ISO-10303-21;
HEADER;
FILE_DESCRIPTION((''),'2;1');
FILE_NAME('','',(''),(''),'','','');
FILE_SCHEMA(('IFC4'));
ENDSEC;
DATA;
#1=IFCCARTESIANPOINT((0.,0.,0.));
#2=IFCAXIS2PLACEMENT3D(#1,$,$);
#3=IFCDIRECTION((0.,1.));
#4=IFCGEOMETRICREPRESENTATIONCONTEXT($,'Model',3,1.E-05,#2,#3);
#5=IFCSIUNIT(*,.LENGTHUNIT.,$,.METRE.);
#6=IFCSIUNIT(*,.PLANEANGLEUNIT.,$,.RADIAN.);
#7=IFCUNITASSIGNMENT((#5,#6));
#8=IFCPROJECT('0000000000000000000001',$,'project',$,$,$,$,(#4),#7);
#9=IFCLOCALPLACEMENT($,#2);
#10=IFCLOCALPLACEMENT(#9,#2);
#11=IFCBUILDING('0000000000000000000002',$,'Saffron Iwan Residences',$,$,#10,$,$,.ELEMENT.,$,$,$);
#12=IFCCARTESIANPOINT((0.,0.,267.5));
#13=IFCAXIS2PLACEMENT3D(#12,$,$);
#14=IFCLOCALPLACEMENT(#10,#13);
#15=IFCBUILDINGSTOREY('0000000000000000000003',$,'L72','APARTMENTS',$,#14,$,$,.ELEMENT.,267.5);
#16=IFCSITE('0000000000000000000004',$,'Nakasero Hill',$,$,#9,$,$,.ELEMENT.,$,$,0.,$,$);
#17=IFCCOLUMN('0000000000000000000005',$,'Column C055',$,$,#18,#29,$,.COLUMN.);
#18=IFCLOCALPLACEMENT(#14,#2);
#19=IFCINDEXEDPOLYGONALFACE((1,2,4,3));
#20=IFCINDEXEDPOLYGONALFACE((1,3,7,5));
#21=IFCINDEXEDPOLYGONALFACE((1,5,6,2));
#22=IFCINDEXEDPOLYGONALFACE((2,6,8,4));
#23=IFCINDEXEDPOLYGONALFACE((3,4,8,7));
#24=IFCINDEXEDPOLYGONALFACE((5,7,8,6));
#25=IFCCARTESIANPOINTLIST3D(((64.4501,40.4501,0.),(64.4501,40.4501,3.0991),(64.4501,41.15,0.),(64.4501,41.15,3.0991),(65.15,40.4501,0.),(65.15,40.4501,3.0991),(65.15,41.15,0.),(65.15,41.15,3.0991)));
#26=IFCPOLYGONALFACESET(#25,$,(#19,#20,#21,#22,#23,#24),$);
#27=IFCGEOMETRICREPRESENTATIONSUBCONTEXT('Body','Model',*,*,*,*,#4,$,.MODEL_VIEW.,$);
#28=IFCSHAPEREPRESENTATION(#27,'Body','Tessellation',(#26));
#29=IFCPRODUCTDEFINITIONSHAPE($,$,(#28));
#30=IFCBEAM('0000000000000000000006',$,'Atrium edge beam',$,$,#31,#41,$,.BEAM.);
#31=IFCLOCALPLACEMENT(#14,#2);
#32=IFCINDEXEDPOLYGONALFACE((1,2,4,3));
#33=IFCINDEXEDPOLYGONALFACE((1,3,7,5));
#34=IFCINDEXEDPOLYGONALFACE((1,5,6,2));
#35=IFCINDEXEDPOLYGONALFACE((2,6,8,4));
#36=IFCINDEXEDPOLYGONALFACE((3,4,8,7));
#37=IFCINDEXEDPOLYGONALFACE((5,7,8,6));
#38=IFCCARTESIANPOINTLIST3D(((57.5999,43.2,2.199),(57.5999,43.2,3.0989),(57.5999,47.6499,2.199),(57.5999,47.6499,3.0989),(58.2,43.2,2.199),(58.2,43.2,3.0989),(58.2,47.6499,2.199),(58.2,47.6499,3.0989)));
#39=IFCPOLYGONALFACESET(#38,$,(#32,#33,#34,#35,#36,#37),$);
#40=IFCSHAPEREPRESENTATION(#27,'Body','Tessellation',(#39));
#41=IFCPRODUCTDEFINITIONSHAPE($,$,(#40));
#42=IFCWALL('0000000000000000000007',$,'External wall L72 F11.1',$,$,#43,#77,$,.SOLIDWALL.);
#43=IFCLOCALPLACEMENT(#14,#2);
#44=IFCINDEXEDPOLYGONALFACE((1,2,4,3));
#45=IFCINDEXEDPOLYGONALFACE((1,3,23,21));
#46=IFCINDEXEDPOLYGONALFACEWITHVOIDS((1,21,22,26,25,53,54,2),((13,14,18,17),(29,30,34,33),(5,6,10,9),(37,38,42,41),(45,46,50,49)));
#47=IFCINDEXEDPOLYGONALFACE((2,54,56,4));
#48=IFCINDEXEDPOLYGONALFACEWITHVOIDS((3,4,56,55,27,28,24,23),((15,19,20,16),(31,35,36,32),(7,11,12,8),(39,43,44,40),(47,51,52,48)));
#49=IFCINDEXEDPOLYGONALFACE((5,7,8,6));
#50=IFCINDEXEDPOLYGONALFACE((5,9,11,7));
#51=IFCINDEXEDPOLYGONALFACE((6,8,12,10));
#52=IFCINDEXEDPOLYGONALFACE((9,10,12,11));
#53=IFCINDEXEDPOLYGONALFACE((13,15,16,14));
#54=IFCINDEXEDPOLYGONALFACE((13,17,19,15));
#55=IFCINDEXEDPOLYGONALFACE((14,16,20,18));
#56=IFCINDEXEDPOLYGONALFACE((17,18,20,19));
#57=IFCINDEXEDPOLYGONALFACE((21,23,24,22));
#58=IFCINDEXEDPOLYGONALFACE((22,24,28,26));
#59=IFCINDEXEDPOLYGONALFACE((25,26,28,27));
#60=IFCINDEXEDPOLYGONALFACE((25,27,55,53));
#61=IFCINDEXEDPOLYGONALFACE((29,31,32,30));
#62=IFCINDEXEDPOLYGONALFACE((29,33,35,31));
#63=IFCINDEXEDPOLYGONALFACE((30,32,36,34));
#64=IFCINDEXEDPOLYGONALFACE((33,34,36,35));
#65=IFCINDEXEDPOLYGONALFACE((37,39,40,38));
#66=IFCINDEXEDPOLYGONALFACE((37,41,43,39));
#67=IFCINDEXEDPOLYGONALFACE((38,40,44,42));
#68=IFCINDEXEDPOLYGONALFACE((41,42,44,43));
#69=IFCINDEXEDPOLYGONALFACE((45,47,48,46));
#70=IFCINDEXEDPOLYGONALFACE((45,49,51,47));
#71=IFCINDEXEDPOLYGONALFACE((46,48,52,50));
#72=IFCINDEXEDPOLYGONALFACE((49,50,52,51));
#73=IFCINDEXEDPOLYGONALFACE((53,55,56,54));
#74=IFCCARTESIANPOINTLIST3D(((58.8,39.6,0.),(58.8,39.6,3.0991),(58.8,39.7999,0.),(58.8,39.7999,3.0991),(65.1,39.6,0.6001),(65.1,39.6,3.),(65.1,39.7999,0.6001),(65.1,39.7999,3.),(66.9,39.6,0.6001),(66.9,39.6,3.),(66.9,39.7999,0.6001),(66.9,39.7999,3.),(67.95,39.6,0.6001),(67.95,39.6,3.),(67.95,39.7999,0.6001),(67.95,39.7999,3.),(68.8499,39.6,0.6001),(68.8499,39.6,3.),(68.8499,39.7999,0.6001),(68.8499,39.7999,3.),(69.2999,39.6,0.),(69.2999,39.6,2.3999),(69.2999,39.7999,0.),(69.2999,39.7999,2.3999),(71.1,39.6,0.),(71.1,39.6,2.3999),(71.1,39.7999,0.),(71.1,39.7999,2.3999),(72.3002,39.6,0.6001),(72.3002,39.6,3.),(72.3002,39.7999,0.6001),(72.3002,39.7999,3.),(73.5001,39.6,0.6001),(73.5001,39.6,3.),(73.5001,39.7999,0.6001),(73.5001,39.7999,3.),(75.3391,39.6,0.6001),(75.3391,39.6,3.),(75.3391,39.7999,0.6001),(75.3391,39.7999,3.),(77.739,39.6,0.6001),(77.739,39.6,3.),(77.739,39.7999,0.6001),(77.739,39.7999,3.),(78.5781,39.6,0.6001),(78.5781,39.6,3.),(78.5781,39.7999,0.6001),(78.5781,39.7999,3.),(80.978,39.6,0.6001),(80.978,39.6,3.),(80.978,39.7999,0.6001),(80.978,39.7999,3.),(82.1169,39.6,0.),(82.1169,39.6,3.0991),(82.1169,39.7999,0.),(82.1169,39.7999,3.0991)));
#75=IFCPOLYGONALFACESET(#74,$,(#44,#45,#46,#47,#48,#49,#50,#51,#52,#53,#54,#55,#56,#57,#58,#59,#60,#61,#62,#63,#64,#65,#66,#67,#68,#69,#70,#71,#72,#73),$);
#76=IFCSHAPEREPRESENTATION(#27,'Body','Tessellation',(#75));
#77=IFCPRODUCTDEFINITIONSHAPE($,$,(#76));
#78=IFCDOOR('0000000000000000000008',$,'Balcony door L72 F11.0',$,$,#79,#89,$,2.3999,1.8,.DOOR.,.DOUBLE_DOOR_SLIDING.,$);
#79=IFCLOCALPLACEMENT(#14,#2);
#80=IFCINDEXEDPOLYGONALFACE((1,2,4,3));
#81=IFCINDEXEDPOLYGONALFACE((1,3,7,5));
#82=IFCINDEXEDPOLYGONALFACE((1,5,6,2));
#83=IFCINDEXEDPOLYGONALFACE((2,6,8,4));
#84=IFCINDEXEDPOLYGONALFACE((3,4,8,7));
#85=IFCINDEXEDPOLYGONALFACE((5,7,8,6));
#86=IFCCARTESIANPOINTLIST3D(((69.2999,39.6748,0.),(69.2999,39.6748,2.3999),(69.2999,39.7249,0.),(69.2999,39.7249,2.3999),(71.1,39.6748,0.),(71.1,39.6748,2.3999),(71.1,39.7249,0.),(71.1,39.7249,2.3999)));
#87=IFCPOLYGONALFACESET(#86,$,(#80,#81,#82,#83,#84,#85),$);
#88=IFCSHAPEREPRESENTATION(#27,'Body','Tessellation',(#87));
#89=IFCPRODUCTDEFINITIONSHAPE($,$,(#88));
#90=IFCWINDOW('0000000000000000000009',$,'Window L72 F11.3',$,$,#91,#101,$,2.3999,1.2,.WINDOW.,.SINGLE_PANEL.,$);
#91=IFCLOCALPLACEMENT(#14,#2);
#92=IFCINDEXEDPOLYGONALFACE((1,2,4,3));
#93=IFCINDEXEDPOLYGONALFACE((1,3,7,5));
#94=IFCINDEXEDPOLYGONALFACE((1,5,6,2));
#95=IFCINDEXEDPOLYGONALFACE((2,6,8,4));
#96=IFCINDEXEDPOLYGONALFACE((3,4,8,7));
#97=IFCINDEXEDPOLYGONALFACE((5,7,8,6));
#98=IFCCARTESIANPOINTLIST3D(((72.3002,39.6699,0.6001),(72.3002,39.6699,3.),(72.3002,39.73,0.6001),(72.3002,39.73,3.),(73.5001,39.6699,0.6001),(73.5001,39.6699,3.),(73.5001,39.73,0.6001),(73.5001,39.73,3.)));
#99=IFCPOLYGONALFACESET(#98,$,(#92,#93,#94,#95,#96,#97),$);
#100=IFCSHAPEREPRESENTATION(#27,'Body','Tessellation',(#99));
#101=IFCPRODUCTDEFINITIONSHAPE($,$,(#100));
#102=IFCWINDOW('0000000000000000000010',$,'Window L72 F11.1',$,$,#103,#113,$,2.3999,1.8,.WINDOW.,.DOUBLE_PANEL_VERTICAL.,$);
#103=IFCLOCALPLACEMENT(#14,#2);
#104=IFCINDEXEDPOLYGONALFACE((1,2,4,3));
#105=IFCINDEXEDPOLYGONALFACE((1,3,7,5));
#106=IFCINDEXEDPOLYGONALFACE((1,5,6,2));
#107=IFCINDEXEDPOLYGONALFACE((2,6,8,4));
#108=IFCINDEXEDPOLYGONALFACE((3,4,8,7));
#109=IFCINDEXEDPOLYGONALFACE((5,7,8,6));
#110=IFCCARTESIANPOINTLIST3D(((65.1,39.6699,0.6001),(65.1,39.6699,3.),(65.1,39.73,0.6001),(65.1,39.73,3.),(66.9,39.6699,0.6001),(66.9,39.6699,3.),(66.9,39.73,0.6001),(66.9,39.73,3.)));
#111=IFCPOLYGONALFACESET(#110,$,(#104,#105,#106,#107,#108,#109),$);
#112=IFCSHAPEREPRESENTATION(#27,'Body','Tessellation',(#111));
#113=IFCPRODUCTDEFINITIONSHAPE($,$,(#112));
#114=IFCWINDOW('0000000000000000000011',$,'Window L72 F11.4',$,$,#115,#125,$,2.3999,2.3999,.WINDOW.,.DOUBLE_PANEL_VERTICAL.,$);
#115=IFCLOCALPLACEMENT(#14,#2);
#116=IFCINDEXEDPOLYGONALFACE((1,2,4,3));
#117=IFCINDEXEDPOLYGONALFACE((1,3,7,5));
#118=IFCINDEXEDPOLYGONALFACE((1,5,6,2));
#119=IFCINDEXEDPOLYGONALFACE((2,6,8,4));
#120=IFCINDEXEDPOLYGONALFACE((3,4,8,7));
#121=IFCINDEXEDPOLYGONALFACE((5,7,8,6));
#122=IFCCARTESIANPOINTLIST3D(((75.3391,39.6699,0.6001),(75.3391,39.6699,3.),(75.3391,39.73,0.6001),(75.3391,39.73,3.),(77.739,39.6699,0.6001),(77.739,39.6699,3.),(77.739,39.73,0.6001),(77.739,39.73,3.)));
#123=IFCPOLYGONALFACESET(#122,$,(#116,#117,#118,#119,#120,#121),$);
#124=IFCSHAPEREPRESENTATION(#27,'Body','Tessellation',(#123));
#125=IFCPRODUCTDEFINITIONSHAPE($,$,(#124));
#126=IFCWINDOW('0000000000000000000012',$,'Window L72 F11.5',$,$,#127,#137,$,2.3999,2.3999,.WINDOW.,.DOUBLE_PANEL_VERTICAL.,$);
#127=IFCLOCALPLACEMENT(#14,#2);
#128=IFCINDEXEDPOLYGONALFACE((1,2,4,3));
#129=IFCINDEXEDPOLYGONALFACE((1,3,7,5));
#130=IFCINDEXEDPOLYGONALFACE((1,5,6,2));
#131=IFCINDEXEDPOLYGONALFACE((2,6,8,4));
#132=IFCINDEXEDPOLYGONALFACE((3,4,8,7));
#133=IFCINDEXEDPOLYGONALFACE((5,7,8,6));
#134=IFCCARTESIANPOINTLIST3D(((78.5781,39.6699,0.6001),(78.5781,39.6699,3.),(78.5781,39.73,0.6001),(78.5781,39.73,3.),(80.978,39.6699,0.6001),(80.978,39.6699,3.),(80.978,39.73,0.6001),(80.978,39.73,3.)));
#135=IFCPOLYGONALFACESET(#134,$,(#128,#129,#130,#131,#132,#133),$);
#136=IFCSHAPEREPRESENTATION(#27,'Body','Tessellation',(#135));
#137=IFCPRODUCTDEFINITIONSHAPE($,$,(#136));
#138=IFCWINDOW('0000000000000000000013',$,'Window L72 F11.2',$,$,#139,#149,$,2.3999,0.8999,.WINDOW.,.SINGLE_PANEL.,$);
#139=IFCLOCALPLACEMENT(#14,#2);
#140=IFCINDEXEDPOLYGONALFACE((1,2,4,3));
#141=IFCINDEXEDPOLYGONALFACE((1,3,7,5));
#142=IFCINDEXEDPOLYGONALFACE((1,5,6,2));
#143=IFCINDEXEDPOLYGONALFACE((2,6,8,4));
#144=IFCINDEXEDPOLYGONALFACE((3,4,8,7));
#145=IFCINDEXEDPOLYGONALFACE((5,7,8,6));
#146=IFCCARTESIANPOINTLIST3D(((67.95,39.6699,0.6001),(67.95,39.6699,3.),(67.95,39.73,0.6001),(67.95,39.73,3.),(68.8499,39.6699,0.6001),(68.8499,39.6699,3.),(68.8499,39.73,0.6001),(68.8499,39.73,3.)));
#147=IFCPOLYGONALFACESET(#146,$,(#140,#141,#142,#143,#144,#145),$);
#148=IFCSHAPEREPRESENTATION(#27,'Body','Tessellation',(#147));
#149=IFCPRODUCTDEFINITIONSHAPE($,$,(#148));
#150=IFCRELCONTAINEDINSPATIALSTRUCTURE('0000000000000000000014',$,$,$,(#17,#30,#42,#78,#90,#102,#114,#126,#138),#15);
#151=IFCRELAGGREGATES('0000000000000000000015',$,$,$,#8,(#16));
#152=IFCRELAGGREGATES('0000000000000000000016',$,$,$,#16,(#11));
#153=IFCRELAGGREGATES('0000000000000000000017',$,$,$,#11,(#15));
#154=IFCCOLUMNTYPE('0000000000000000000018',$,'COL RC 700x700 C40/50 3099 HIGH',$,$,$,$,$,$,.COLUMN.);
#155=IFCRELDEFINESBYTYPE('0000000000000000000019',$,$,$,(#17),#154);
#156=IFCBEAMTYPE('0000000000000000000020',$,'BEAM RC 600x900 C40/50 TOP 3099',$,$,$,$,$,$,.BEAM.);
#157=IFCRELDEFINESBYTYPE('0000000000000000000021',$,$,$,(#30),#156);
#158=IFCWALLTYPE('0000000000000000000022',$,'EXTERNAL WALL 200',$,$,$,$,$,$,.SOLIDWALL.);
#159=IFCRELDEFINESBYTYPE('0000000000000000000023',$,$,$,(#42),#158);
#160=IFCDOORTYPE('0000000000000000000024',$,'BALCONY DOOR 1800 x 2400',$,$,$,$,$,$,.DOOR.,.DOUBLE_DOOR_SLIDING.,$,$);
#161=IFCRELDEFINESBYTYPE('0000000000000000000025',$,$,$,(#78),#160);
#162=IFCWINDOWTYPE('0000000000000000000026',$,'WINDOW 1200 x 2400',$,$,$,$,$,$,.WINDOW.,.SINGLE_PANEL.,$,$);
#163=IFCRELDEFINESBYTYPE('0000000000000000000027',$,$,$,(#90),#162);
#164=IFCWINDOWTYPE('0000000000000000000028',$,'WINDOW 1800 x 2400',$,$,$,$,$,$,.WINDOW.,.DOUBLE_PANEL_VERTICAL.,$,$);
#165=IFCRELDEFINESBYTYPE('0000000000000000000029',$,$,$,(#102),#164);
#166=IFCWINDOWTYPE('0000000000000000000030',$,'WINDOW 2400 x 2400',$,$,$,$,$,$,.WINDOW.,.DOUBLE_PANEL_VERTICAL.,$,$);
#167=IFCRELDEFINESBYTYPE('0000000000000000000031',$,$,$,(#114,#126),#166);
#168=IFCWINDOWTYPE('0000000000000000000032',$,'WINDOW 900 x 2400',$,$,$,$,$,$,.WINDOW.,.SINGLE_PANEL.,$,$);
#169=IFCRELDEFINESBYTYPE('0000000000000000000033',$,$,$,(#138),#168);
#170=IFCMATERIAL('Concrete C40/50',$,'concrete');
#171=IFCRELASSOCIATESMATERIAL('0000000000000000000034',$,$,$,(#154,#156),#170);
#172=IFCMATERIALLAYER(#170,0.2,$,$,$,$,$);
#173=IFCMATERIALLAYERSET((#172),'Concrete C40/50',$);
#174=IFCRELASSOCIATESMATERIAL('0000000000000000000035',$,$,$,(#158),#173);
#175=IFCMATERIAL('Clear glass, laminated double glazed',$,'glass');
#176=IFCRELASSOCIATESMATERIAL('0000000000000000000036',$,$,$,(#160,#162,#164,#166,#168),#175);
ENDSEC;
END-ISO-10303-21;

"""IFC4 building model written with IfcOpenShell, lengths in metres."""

from ifc_helpers import new_model, si_unit, direction, frame, frame_2d, origin, origin_2d, place, context, subcontext, project, spatial, rectangle, extrude, source, transform, mapped, material, layer, layer_set, material_profile, profile_set, type_object, element, fill, save


model = new_model("IFC4")

# Units and contexts
model_context = context("Model", 3, precision=1e-05, world=origin(), true_north=direction((0.0, 1.0)))
body_context = subcontext(model_context, "Body", "Model", "MODEL_VIEW")
ifc_project = project(units=[si_unit("LENGTHUNIT", "METRE"), si_unit("PLANEANGLEUNIT", "RADIAN")], contexts=[model_context])

# Site, building, storey
site_placement = place(None, origin())
site = spatial("IfcSite", under=ifc_project, at=site_placement, Name="Nakasero Hill", CompositionType="ELEMENT", RefElevation=0.0)
building_placement = place(site_placement, origin())
building = spatial("IfcBuilding", under=site, at=building_placement, Name="Saffron Iwan Residences", CompositionType="ELEMENT")
storey_placement = place(building_placement, frame((0.0, 0.0, 267.5)))
storey = spatial("IfcBuildingStorey", under=building, at=storey_placement, Name="L72", Description="APARTMENTS", CompositionType="ELEMENT", Elevation=267.5)

# Column
ifc_material_1 = material(Name="Concrete C40/50", Category="concrete")
ifc_material_profile_1 = material_profile(ifc_material_1, rectangle(XDim=0.7, YDim=0.7, at=origin_2d()), Name="RC 700x700")
ifc_profile_set_1 = profile_set([ifc_material_profile_1], Name="Concrete C40/50")
column_type = type_object("IfcColumnType", Name="COL RC 700x700 C40/50 3099 HIGH", PredefinedType="COLUMN", material=ifc_profile_set_1)
shared_shape_1 = source(origin(), body_context, "Body", "SweptSolid", [
    extrude(rectangle(XDim=0.7, YDim=0.7, at=origin_2d()), origin(), (0.0, 0.0, 1.0), 3.0991),
])
column_placement = place(storey_placement, frame((64.8, 40.8, 0.0), z_axis=(0.0, 0.0, 1.0), x_axis=(1.0, 0.0, 0.0)))
element("IfcColumn", 1, at=column_placement, inside=storey, type_object=column_type, Name="Column C055", PredefinedType="COLUMN", context=body_context, shape_type="MappedRepresentation", body=[
    mapped(shared_shape_1, transform((0.0, 0.0, 0.0))),
])

# Beam
ifc_material_profile_2 = material_profile(ifc_material_1, rectangle(XDim=0.6001, YDim=0.8999, at=origin_2d()), Name="RC 600x900")
ifc_profile_set_2 = profile_set([ifc_material_profile_2], Name="Concrete C40/50")
beam_type = type_object("IfcBeamType", Name="BEAM RC 600x900 C40/50 TOP 3099", PredefinedType="BEAM", material=ifc_profile_set_2)
shared_shape_2 = source(origin(), body_context, "Body", "SweptSolid", [
    extrude(rectangle(XDim=0.6001, YDim=0.8999, at=origin_2d()), origin(), (0.0, 0.0, 1.0), 4.45),
])
beam_placement = place(storey_placement, frame((57.8999, 47.6499, 2.6489), z_axis=(0.0, -1.0, 0.0), x_axis=(1.0, 0.0, 0.0)))
element("IfcBeam", 2, at=beam_placement, inside=storey, type_object=beam_type, Name="Atrium edge beam", PredefinedType="BEAM", context=body_context, shape_type="MappedRepresentation", body=[
    mapped(shared_shape_2, transform((0.0, 0.0, 0.0))),
])

# Wall, openings, door, windows
ifc_layer_1 = layer(ifc_material_1, 0.2)
ifc_layer_set_1 = layer_set([ifc_layer_1], Name="Concrete C40/50")
wall_type_1 = type_object("IfcWallType", Name="EXTERNAL WALL 200", PredefinedType="SOLIDWALL", material=ifc_layer_set_1)
wall_1_placement = place(storey_placement, frame((58.8, 39.7, 0.0), z_axis=(0.0, 0.0, 1.0), x_axis=(1.0, 0.0, 0.0)))
wall_1 = element("IfcWall", 3, at=wall_1_placement, inside=storey, type_object=wall_type_1, Name="External wall L72 F11.1", PredefinedType="SOLIDWALL", context=body_context, shape_type="SweptSolid", body=[
    extrude(rectangle(XDim=23.3169, YDim=0.2, at=frame_2d((11.6584, 0.0))), origin(), (0.0, 0.0, 1.0), 3.0991),
])
opening_1_placement = place(wall_1_placement, frame((10.5, 0.0, 0.0)))
opening_1 = element("IfcOpeningElement", 4, at=opening_1_placement, cuts=wall_1, PredefinedType="OPENING", context=body_context, shape_type="SweptSolid", body=[
    extrude(rectangle(XDim=1.8, YDim=2.3999, at=frame_2d((0.8999, 1.2))), frame((0.0, 0.1099, 0.0), z_axis=(0.0, -1.0, 0.0), x_axis=(1.0, 0.0, 0.0)), (0.0, 0.0, 1.0), 0.22),
])
opening_2_placement = place(wall_1_placement, frame((6.3, 0.0, 0.6001)))
opening_2 = element("IfcOpeningElement", 5, at=opening_2_placement, cuts=wall_1, PredefinedType="OPENING", context=body_context, shape_type="SweptSolid", body=[
    extrude(rectangle(XDim=1.8, YDim=2.3999, at=frame_2d((0.8999, 1.2))), frame((0.0, 0.1099, 0.0), z_axis=(0.0, -1.0, 0.0), x_axis=(1.0, 0.0, 0.0)), (0.0, 0.0, 1.0), 0.22),
])
opening_3_placement = place(wall_1_placement, frame((9.1499, 0.0, 0.6001)))
opening_3 = element("IfcOpeningElement", 6, at=opening_3_placement, cuts=wall_1, PredefinedType="OPENING", context=body_context, shape_type="SweptSolid", body=[
    extrude(rectangle(XDim=0.8999, YDim=2.3999, at=frame_2d((0.45, 1.2))), frame((0.0, 0.1099, 0.0), z_axis=(0.0, -1.0, 0.0), x_axis=(1.0, 0.0, 0.0)), (0.0, 0.0, 1.0), 0.22),
])
opening_4_placement = place(wall_1_placement, frame((13.5, 0.0, 0.6001)))
opening_4 = element("IfcOpeningElement", 7, at=opening_4_placement, cuts=wall_1, PredefinedType="OPENING", context=body_context, shape_type="SweptSolid", body=[
    extrude(rectangle(XDim=1.2, YDim=2.3999, at=frame_2d((0.6001, 1.2))), frame((0.0, 0.1099, 0.0), z_axis=(0.0, -1.0, 0.0), x_axis=(1.0, 0.0, 0.0)), (0.0, 0.0, 1.0), 0.22),
])
opening_5_placement = place(wall_1_placement, frame((16.5391, 0.0, 0.6001)))
opening_5 = element("IfcOpeningElement", 8, at=opening_5_placement, cuts=wall_1, PredefinedType="OPENING", context=body_context, shape_type="SweptSolid", body=[
    extrude(rectangle(XDim=2.3999, YDim=2.3999, at=frame_2d((1.2, 1.2))), frame((0.0, 0.1099, 0.0), z_axis=(0.0, -1.0, 0.0), x_axis=(1.0, 0.0, 0.0)), (0.0, 0.0, 1.0), 0.22),
])
opening_6_placement = place(wall_1_placement, frame((19.7781, 0.0, 0.6001)))
opening_6 = element("IfcOpeningElement", 9, at=opening_6_placement, cuts=wall_1, PredefinedType="OPENING", context=body_context, shape_type="SweptSolid", body=[
    extrude(rectangle(XDim=2.3999, YDim=2.3999, at=frame_2d((1.2, 1.2))), frame((0.0, 0.1099, 0.0), z_axis=(0.0, -1.0, 0.0), x_axis=(1.0, 0.0, 0.0)), (0.0, 0.0, 1.0), 0.22),
])
ifc_material_2 = material(Name="Clear glass, laminated double glazed", Category="glass")
door_type_1 = type_object("IfcDoorType", Name="BALCONY DOOR 1800 x 2400", OperationType="DOUBLE_DOOR_SLIDING", PredefinedType="DOOR", material=ifc_material_2)
door_1_placement = place(opening_1_placement, origin())
door_1 = element("IfcDoor", 10, at=door_1_placement, inside=storey, type_object=door_type_1, Name="Balcony door L72 F11.0", OperationType="DOUBLE_DOOR_SLIDING", OverallHeight=2.3999, OverallWidth=1.8, PredefinedType="DOOR", context=body_context, shape_type="SweptSolid", body=[
    extrude(rectangle(XDim=1.8, YDim=2.3999, at=frame_2d((0.8999, 1.2))), frame((0.0, 0.0249, 0.0), z_axis=(0.0, -1.0, 0.0), x_axis=(1.0, 0.0, 0.0)), (0.0, 0.0, 1.0), 0.05),
])
fill(opening_1, door_1)
window_type_1 = type_object("IfcWindowType", Name="WINDOW 1200 x 2400", PartitioningType="SINGLE_PANEL", PredefinedType="WINDOW", material=ifc_material_2)
window_1_placement = place(opening_4_placement, origin())
window_1 = element("IfcWindow", 11, at=window_1_placement, inside=storey, type_object=window_type_1, Name="Window L72 F11.3", OverallHeight=2.3999, OverallWidth=1.2, PartitioningType="SINGLE_PANEL", PredefinedType="WINDOW", context=body_context, shape_type="SweptSolid", body=[
    extrude(rectangle(XDim=1.2, YDim=2.3999, at=frame_2d((0.6001, 1.2))), frame((0.0, 0.03, 0.0), z_axis=(0.0, -1.0, 0.0), x_axis=(1.0, 0.0, 0.0)), (0.0, 0.0, 1.0), 0.0601),
])
fill(opening_4, window_1)
window_type_2 = type_object("IfcWindowType", Name="WINDOW 1800 x 2400", PartitioningType="DOUBLE_PANEL_VERTICAL", PredefinedType="WINDOW", material=ifc_material_2)
window_2_placement = place(opening_2_placement, origin())
window_2 = element("IfcWindow", 12, at=window_2_placement, inside=storey, type_object=window_type_2, Name="Window L72 F11.1", OverallHeight=2.3999, OverallWidth=1.8, PartitioningType="DOUBLE_PANEL_VERTICAL", PredefinedType="WINDOW", context=body_context, shape_type="SweptSolid", body=[
    extrude(rectangle(XDim=1.8, YDim=2.3999, at=frame_2d((0.8999, 1.2))), frame((0.0, 0.03, 0.0), z_axis=(0.0, -1.0, 0.0), x_axis=(1.0, 0.0, 0.0)), (0.0, 0.0, 1.0), 0.0601),
])
fill(opening_2, window_2)
window_type_3 = type_object("IfcWindowType", Name="WINDOW 2400 x 2400", PartitioningType="DOUBLE_PANEL_VERTICAL", PredefinedType="WINDOW", material=ifc_material_2)
window_3_placement = place(opening_5_placement, origin())
window_3 = element("IfcWindow", 13, at=window_3_placement, inside=storey, type_object=window_type_3, Name="Window L72 F11.4", OverallHeight=2.3999, OverallWidth=2.3999, PartitioningType="DOUBLE_PANEL_VERTICAL", PredefinedType="WINDOW", context=body_context, shape_type="SweptSolid", body=[
    extrude(rectangle(XDim=2.3999, YDim=2.3999, at=frame_2d((1.2, 1.2))), frame((0.0, 0.03, 0.0), z_axis=(0.0, -1.0, 0.0), x_axis=(1.0, 0.0, 0.0)), (0.0, 0.0, 1.0), 0.0601),
])
fill(opening_5, window_3)
window_4_placement = place(opening_6_placement, origin())
window_4 = element("IfcWindow", 14, at=window_4_placement, inside=storey, type_object=window_type_3, Name="Window L72 F11.5", OverallHeight=2.3999, OverallWidth=2.3999, PartitioningType="DOUBLE_PANEL_VERTICAL", PredefinedType="WINDOW", context=body_context, shape_type="SweptSolid", body=[
    extrude(rectangle(XDim=2.3999, YDim=2.3999, at=frame_2d((1.2, 1.2))), frame((0.0, 0.03, 0.0), z_axis=(0.0, -1.0, 0.0), x_axis=(1.0, 0.0, 0.0)), (0.0, 0.0, 1.0), 0.0601),
])
fill(opening_6, window_4)
window_type_4 = type_object("IfcWindowType", Name="WINDOW 900 x 2400", PartitioningType="SINGLE_PANEL", PredefinedType="WINDOW", material=ifc_material_2)
window_5_placement = place(opening_3_placement, origin())
window_5 = element("IfcWindow", 15, at=window_5_placement, inside=storey, type_object=window_type_4, Name="Window L72 F11.2", OverallHeight=2.3999, OverallWidth=0.8999, PartitioningType="SINGLE_PANEL", PredefinedType="WINDOW", context=body_context, shape_type="SweptSolid", body=[
    extrude(rectangle(XDim=0.8999, YDim=2.3999, at=frame_2d((0.45, 1.2))), frame((0.0, 0.03, 0.0), z_axis=(0.0, -1.0, 0.0), x_axis=(1.0, 0.0, 0.0)), (0.0, 0.0, 1.0), 0.0601),
])
fill(opening_3, window_5)

save(model, "model.ifc")
